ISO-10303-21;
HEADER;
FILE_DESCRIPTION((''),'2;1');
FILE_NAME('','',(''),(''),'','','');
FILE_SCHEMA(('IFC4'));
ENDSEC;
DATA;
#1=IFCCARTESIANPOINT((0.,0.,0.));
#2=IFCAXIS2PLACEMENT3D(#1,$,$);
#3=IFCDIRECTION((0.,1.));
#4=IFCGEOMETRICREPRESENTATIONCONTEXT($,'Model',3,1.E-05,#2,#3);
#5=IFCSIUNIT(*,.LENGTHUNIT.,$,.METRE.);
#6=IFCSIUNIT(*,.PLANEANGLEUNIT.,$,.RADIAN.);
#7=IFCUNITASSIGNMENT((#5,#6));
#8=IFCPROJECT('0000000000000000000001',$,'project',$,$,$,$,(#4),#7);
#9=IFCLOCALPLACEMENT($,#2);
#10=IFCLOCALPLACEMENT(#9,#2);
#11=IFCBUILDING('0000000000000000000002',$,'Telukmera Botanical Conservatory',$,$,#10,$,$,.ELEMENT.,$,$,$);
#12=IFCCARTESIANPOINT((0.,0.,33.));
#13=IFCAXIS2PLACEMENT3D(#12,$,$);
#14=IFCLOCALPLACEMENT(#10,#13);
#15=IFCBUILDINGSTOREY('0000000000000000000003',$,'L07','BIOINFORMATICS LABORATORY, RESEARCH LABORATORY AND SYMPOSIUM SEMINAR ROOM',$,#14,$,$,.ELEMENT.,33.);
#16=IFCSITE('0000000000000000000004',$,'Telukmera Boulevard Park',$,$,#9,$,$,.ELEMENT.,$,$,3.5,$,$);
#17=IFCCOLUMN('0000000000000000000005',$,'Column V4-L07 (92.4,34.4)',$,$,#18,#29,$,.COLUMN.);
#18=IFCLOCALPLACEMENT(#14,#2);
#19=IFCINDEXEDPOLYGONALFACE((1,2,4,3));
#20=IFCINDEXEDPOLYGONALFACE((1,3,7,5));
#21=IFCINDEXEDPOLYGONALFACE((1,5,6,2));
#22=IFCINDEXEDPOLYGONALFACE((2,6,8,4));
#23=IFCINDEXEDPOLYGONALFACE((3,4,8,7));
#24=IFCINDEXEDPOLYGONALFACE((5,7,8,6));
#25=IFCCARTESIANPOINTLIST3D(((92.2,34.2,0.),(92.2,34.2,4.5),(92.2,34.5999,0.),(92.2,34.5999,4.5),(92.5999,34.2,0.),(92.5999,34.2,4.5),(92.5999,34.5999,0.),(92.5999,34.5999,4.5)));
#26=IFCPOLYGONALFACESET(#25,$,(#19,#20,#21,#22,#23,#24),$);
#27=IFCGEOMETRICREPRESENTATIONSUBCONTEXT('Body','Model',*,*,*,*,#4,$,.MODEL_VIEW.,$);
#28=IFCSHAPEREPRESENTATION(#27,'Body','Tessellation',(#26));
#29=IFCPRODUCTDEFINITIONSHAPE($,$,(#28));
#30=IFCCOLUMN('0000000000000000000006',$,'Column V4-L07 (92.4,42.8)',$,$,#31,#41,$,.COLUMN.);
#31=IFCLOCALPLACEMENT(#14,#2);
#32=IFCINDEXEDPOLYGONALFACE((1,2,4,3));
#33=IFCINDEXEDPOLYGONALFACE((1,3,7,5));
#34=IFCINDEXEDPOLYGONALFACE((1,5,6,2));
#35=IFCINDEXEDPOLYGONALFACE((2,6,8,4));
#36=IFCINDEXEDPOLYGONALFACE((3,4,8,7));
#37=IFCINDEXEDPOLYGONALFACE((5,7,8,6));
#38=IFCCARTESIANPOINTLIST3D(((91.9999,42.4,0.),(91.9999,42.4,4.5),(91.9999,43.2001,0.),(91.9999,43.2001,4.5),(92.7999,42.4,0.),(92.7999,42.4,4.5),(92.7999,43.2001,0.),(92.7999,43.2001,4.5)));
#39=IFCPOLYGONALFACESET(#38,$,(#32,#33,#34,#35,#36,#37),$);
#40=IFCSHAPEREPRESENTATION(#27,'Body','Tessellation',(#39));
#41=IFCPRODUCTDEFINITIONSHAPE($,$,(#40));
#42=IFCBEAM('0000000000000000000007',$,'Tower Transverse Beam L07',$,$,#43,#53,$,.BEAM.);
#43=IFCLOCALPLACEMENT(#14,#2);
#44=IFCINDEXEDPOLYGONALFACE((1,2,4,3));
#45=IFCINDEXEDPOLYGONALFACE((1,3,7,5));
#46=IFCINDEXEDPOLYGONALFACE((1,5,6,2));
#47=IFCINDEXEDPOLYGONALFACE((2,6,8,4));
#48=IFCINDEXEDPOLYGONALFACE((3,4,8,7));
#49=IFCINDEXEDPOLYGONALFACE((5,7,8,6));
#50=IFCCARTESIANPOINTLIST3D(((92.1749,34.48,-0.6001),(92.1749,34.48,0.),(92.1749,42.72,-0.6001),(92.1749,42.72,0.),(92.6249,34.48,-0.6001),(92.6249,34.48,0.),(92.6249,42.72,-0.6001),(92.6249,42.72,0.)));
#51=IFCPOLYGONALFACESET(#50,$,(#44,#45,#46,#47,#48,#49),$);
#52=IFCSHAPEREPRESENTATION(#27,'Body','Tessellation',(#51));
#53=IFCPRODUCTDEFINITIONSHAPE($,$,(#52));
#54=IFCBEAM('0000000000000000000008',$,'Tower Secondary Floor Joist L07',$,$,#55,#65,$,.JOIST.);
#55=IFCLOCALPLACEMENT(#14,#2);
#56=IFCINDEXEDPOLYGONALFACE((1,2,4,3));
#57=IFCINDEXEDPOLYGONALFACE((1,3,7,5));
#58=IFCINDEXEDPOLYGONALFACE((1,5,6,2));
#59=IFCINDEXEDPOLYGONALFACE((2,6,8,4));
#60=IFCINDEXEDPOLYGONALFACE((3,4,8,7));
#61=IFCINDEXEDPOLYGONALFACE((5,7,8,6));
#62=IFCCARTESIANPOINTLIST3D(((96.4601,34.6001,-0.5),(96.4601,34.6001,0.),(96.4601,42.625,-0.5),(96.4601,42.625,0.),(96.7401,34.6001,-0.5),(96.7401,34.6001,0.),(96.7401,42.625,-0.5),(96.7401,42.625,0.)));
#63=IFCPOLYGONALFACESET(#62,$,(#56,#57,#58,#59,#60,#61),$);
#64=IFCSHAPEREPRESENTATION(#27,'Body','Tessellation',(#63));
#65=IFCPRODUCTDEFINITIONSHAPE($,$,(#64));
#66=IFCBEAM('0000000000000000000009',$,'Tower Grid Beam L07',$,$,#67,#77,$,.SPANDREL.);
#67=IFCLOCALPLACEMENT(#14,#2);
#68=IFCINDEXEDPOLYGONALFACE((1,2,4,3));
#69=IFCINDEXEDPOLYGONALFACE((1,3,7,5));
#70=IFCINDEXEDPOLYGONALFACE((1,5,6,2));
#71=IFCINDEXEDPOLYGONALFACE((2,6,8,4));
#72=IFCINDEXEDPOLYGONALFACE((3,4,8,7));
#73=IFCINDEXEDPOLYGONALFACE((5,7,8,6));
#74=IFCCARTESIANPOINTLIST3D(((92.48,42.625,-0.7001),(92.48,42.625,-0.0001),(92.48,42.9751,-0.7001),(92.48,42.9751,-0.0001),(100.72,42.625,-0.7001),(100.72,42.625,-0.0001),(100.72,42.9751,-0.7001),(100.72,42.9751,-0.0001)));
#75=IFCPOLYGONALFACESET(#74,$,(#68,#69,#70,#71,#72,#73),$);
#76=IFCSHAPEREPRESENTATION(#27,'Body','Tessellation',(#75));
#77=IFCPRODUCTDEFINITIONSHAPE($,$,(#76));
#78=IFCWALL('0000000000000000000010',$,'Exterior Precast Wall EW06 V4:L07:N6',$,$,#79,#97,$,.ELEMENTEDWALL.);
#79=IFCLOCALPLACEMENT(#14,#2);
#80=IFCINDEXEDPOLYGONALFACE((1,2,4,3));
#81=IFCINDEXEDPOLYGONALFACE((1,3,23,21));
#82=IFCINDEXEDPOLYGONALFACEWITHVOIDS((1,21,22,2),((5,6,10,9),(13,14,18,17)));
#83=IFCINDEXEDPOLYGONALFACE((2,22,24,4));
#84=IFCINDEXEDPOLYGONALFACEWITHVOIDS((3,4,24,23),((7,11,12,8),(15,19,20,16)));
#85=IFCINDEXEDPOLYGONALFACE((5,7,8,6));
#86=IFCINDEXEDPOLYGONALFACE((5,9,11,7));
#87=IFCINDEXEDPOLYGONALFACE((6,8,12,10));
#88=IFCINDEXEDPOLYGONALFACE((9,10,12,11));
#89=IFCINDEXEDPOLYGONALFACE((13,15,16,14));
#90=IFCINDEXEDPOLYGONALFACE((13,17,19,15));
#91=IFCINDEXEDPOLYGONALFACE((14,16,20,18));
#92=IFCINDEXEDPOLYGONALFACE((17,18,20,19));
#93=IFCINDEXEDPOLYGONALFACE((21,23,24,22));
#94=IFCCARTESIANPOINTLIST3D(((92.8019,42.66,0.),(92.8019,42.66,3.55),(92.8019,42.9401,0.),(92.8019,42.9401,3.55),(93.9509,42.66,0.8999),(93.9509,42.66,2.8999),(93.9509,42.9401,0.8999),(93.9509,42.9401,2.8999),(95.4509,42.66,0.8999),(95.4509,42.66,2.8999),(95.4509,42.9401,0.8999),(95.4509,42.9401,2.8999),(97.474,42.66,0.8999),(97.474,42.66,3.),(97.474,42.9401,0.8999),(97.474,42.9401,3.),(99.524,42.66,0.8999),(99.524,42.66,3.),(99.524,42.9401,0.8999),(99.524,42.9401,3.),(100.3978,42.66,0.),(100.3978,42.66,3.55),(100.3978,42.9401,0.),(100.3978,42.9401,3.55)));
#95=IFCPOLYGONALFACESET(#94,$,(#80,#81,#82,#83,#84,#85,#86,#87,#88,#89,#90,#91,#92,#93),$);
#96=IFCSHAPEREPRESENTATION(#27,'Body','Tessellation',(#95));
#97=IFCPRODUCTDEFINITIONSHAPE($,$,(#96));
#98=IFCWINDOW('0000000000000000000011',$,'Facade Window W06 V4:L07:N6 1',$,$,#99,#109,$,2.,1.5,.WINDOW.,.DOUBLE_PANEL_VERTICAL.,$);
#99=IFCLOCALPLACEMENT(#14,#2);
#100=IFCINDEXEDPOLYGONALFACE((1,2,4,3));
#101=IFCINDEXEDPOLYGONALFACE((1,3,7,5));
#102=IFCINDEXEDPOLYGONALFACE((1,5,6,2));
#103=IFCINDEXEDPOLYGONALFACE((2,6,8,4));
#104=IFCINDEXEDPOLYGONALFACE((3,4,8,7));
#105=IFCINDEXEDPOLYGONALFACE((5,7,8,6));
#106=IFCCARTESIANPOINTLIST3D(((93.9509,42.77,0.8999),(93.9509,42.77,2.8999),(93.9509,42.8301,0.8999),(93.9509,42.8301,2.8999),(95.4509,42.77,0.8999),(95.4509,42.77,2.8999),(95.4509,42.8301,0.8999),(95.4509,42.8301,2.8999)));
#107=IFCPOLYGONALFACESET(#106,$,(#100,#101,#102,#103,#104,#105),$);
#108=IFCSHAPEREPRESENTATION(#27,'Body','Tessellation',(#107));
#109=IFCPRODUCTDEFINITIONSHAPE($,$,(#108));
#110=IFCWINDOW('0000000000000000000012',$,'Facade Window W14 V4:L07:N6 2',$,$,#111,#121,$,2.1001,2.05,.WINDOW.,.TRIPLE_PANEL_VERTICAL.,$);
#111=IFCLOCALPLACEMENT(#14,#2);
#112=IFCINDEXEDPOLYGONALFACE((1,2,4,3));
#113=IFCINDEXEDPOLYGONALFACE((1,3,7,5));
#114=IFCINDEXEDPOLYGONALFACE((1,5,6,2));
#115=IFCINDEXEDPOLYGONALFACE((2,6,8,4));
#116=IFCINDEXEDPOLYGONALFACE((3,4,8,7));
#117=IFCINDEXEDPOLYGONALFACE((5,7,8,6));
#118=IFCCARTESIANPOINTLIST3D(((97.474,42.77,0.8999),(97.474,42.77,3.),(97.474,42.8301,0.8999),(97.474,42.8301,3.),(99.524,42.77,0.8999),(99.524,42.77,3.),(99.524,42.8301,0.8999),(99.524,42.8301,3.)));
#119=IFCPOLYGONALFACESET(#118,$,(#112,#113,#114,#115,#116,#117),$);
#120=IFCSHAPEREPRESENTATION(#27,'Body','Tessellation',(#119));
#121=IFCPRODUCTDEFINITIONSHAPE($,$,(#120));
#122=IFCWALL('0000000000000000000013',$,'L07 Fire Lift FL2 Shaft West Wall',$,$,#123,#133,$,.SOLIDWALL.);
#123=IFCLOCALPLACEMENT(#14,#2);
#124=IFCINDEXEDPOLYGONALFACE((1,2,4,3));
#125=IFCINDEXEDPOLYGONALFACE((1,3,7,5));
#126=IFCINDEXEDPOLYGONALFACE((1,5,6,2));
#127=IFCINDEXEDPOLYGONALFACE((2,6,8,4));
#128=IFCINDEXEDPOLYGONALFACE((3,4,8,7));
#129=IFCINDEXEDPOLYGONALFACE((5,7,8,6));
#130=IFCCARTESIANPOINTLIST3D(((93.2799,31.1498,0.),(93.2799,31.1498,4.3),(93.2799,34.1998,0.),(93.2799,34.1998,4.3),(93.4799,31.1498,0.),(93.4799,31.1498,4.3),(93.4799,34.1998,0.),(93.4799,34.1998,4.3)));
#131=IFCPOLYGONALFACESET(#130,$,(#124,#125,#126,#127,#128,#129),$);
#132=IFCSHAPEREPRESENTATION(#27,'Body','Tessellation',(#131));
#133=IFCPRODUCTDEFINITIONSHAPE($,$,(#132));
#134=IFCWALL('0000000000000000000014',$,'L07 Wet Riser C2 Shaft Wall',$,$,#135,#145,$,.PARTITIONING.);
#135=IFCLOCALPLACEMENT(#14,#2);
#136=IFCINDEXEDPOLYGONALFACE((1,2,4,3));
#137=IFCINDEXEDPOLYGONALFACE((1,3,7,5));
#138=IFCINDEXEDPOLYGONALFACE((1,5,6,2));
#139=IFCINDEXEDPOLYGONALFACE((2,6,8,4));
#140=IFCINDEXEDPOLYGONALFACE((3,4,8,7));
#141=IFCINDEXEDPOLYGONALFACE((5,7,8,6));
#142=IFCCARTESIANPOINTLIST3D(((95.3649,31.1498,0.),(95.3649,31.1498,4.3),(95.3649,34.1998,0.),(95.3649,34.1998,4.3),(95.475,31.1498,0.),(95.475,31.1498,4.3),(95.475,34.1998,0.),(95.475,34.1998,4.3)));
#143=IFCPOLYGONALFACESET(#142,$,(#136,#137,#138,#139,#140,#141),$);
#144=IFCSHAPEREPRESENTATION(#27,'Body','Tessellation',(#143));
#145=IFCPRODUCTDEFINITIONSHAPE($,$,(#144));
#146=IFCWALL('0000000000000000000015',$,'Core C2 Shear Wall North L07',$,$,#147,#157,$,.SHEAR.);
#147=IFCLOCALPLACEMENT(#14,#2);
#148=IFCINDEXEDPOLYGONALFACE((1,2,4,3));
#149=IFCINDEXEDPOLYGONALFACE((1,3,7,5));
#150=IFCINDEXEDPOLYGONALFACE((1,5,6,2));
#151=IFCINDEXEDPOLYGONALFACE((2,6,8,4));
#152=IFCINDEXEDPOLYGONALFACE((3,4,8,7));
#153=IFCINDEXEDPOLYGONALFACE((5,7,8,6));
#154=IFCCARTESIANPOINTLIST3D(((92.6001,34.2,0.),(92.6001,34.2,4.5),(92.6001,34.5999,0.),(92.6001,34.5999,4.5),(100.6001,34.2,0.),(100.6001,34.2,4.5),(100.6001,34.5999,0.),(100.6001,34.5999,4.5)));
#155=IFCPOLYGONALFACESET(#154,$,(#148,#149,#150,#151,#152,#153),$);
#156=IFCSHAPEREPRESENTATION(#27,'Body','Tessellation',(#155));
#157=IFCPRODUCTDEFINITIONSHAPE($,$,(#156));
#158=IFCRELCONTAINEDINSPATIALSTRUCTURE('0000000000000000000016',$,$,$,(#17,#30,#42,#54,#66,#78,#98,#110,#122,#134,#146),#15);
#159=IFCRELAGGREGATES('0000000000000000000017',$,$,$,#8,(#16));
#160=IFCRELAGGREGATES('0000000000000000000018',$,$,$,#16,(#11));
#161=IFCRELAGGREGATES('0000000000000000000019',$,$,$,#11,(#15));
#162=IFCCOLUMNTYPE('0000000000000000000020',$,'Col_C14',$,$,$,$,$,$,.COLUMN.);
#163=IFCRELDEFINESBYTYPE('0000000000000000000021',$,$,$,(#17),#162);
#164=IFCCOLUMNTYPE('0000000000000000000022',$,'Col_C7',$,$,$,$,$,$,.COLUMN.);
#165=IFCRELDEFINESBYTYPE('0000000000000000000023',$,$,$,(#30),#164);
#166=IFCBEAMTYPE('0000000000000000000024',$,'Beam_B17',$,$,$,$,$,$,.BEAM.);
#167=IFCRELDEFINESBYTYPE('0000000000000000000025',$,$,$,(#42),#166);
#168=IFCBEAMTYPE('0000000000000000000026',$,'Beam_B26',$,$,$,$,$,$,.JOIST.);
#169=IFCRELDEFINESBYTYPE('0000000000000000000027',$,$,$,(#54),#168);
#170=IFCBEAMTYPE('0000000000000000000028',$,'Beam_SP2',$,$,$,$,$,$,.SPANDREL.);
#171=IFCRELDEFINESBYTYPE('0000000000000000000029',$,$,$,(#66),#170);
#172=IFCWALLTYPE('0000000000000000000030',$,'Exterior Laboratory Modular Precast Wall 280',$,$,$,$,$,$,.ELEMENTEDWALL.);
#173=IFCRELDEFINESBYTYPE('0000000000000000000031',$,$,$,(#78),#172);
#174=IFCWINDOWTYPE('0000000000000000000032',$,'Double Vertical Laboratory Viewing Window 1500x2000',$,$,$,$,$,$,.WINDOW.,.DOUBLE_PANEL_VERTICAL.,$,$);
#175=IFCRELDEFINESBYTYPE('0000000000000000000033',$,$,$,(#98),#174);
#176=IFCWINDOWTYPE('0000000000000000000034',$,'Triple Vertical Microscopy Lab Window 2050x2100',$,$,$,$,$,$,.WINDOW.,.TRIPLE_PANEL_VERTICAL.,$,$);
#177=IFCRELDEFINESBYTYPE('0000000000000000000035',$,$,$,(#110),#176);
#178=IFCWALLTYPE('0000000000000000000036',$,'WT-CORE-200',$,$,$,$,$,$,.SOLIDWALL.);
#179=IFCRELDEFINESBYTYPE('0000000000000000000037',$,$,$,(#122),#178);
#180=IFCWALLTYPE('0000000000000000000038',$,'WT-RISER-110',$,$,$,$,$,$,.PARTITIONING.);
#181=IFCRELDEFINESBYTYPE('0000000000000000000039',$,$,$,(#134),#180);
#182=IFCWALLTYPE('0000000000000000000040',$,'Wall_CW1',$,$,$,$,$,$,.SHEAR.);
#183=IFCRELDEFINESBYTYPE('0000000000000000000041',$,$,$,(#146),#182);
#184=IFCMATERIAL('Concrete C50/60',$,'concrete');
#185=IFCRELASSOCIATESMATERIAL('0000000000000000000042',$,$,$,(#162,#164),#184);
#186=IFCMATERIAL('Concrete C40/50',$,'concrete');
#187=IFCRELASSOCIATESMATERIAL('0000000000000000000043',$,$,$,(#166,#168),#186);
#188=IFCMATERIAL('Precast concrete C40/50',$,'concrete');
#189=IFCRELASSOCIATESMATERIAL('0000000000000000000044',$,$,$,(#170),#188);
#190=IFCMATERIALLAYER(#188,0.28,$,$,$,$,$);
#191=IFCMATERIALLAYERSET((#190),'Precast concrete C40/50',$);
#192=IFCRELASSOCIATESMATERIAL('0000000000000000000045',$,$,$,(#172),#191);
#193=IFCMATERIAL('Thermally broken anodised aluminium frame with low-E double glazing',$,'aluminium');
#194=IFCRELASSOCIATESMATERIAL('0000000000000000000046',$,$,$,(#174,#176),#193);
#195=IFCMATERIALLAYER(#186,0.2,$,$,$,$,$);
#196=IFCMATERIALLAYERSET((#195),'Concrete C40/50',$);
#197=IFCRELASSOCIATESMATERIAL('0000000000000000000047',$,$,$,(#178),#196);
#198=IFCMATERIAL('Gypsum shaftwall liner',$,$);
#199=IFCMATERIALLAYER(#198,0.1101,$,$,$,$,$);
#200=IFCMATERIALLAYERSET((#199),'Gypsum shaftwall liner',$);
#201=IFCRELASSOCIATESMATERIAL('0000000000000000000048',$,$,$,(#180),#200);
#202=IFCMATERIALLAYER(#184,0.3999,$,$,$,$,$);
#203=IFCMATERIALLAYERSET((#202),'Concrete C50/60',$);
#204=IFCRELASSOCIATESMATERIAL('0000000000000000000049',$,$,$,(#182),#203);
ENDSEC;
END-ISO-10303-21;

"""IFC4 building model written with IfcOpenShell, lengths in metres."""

from ifc_helpers import new_model, si_unit, direction, frame, frame_2d, origin, origin_2d, place, context, subcontext, project, spatial, rectangle, extrude, material, layer, layer_set, material_profile, profile_set, type_object, element, fill, save


model = new_model("IFC4")

# Units and contexts
model_context = context("Model", 3, precision=1e-05, world=origin(), true_north=direction((0.0, 1.0)))
body_context = subcontext(model_context, "Body", "Model", "MODEL_VIEW")
ifc_project = project(units=[si_unit("LENGTHUNIT", "METRE"), si_unit("PLANEANGLEUNIT", "RADIAN")], contexts=[model_context])

# Site, building, storey
site_placement = place(None, origin())
site = spatial("IfcSite", under=ifc_project, at=site_placement, Name="Telukmera Boulevard Park", CompositionType="ELEMENT", RefElevation=3.5)
building_placement = place(site_placement, origin())
building = spatial("IfcBuilding", under=site, at=building_placement, Name="Telukmera Botanical Conservatory", CompositionType="ELEMENT")
storey_placement = place(building_placement, frame((0.0, 0.0, 33.0)))
storey = spatial("IfcBuildingStorey", under=building, at=storey_placement, Name="L07", Description="BIOINFORMATICS LABORATORY, RESEARCH LABORATORY AND SYMPOSIUM SEMINAR ROOM", CompositionType="ELEMENT", Elevation=33.0)

# Columns
ifc_material_1 = material(Name="Concrete C50/60", Category="concrete")
ifc_material_profile_1 = material_profile(ifc_material_1, rectangle(XDim=0.3999, YDim=0.3999, at=origin_2d()), Name="RC 400x400")
ifc_profile_set_1 = profile_set([ifc_material_profile_1], Name="Concrete C50/60")
column_type_1 = type_object("IfcColumnType", Name="Col_C14", PredefinedType="COLUMN", material=ifc_profile_set_1)
column_1_placement = place(storey_placement, frame((92.3999, 34.3999, 0.0), z_axis=(0.0, 0.0, 1.0), x_axis=(1.0, 0.0, 0.0)))
element("IfcColumn", 1, at=column_1_placement, inside=storey, type_object=column_type_1, Name="Column V4-L07 (92.4,34.4)", PredefinedType="COLUMN", context=body_context, shape_type="SweptSolid", body=[
    extrude(rectangle(XDim=0.3999, YDim=0.3999, at=origin_2d()), origin(), (0.0, 0.0, 1.0), 4.5),
])
ifc_material_profile_2 = material_profile(ifc_material_1, rectangle(XDim=0.8, YDim=0.8, at=origin_2d()), Name="RC 800x800")
ifc_profile_set_2 = profile_set([ifc_material_profile_2], Name="Concrete C50/60")
column_type_2 = type_object("IfcColumnType", Name="Col_C7", PredefinedType="COLUMN", material=ifc_profile_set_2)
column_2_placement = place(storey_placement, frame((92.3999, 42.8, 0.0), z_axis=(0.0, 0.0, 1.0), x_axis=(1.0, 0.0, 0.0)))
element("IfcColumn", 2, at=column_2_placement, inside=storey, type_object=column_type_2, Name="Column V4-L07 (92.4,42.8)", PredefinedType="COLUMN", context=body_context, shape_type="SweptSolid", body=[
    extrude(rectangle(XDim=0.8, YDim=0.8, at=origin_2d()), origin(), (0.0, 0.0, 1.0), 4.5),
])

# Beams
ifc_material_2 = material(Name="Concrete C40/50", Category="concrete")
ifc_material_profile_3 = material_profile(ifc_material_2, rectangle(XDim=0.45, YDim=0.6001, at=origin_2d()), Name="RC 450x600")
ifc_profile_set_3 = profile_set([ifc_material_profile_3], Name="Concrete C40/50")
beam_type_1 = type_object("IfcBeamType", Name="Beam_B17", PredefinedType="BEAM", material=ifc_profile_set_3)
beam_1_placement = place(storey_placement, frame((92.3999, 34.48, -0.3), z_axis=(0.0, 1.0, 0.0), x_axis=(-1.0, 0.0, 0.0)))
element("IfcBeam", 3, at=beam_1_placement, inside=storey, type_object=beam_type_1, Name="Tower Transverse Beam L07", PredefinedType="BEAM", context=body_context, shape_type="SweptSolid", body=[
    extrude(rectangle(XDim=0.45, YDim=0.6001, at=origin_2d()), origin(), (0.0, 0.0, 1.0), 8.24),
])
ifc_material_profile_4 = material_profile(ifc_material_2, rectangle(XDim=0.28, YDim=0.5, at=origin_2d()), Name="RC 280x500")
ifc_profile_set_4 = profile_set([ifc_material_profile_4], Name="Concrete C40/50")
beam_type_2 = type_object("IfcBeamType", Name="Beam_B26", PredefinedType="JOIST", material=ifc_profile_set_4)
beam_2_placement = place(storey_placement, frame((96.6001, 34.6001, -0.25), z_axis=(0.0, 1.0, 0.0), x_axis=(-1.0, 0.0, 0.0)))
element("IfcBeam", 4, at=beam_2_placement, inside=storey, type_object=beam_type_2, Name="Tower Secondary Floor Joist L07", PredefinedType="JOIST", context=body_context, shape_type="SweptSolid", body=[
    extrude(rectangle(XDim=0.28, YDim=0.5, at=origin_2d()), origin(), (0.0, 0.0, 1.0), 8.0249),
])
ifc_material_3 = material(Name="Precast concrete C40/50", Category="concrete")
ifc_material_profile_5 = material_profile(ifc_material_3, rectangle(XDim=0.3501, YDim=0.7, at=origin_2d()), Name="PC 350x700")
ifc_profile_set_5 = profile_set([ifc_material_profile_5], Name="Precast concrete C40/50")
beam_type_3 = type_object("IfcBeamType", Name="Beam_SP2", PredefinedType="SPANDREL", material=ifc_profile_set_5)
beam_3_placement = place(storey_placement, frame((92.48, 42.8, -0.3501), z_axis=(1.0, 0.0, 0.0), x_axis=(0.0, 1.0, 0.0)))
element("IfcBeam", 5, at=beam_3_placement, inside=storey, type_object=beam_type_3, Name="Tower Grid Beam L07", PredefinedType="SPANDREL", context=body_context, shape_type="SweptSolid", body=[
    extrude(rectangle(XDim=0.3501, YDim=0.7, at=origin_2d()), origin(), (0.0, 0.0, 1.0), 8.24),
])

# Wall, openings, windows
ifc_layer_1 = layer(ifc_material_3, 0.28)
ifc_layer_set_1 = layer_set([ifc_layer_1], Name="Precast concrete C40/50")
wall_type_1 = type_object("IfcWallType", Name="Exterior Laboratory Modular Precast Wall 280", PredefinedType="ELEMENTEDWALL", material=ifc_layer_set_1)
wall_1_placement = place(storey_placement, frame((92.802, 42.8, 0.0), z_axis=(0.0, 0.0, 1.0), x_axis=(1.0, 0.0, 0.0)))
wall_1 = element("IfcWall", 6, at=wall_1_placement, inside=storey, type_object=wall_type_1, Name="Exterior Precast Wall EW06 V4:L07:N6", PredefinedType="ELEMENTEDWALL", context=body_context, shape_type="SweptSolid", body=[
    extrude(rectangle(XDim=7.5959, YDim=0.28, at=frame_2d((3.7979, 0.0))), origin(), (0.0, 0.0, 1.0), 3.55),
])
opening_1_placement = place(wall_1_placement, frame((1.1489, 0.0, 0.8999)))
opening_1 = element("IfcOpeningElement", 7, at=opening_1_placement, cuts=wall_1, PredefinedType="OPENING", context=body_context, shape_type="SweptSolid", body=[
    extrude(rectangle(XDim=1.5, YDim=2.0, at=frame_2d((0.75, 1.0))), frame((0.0, 0.1499, 0.0), z_axis=(0.0, -1.0, 0.0), x_axis=(1.0, 0.0, 0.0)), (0.0, 0.0, 1.0), 0.3),
])
opening_2_placement = place(wall_1_placement, frame((4.6721, 0.0, 0.8999)))
opening_2 = element("IfcOpeningElement", 8, at=opening_2_placement, cuts=wall_1, PredefinedType="OPENING", context=body_context, shape_type="SweptSolid", body=[
    extrude(rectangle(XDim=2.05, YDim=2.1001, at=frame_2d((1.0249, 1.05))), frame((0.0, 0.1499, 0.0), z_axis=(0.0, -1.0, 0.0), x_axis=(1.0, 0.0, 0.0)), (0.0, 0.0, 1.0), 0.3),
])
ifc_material_4 = material(Name="Thermally broken anodised aluminium frame with low-E double glazing", Category="aluminium")
window_type_1 = type_object("IfcWindowType", Name="Double Vertical Laboratory Viewing Window 1500x2000", PartitioningType="DOUBLE_PANEL_VERTICAL", PredefinedType="WINDOW", material=ifc_material_4)
window_1_placement = place(opening_1_placement, origin())
window_1 = element("IfcWindow", 9, at=window_1_placement, inside=storey, type_object=window_type_1, Name="Facade Window W06 V4:L07:N6 1", OverallHeight=2.0, OverallWidth=1.5, PartitioningType="DOUBLE_PANEL_VERTICAL", PredefinedType="WINDOW", context=body_context, shape_type="SweptSolid", body=[
    extrude(rectangle(XDim=1.5, YDim=2.0, at=frame_2d((0.75, 1.0))), frame((0.0, 0.03, 0.0), z_axis=(0.0, -1.0, 0.0), x_axis=(1.0, 0.0, 0.0)), (0.0, 0.0, 1.0), 0.0601),
])
fill(opening_1, window_1)
window_type_2 = type_object("IfcWindowType", Name="Triple Vertical Microscopy Lab Window 2050x2100", PartitioningType="TRIPLE_PANEL_VERTICAL", PredefinedType="WINDOW", material=ifc_material_4)
window_2_placement = place(opening_2_placement, origin())
window_2 = element("IfcWindow", 10, at=window_2_placement, inside=storey, type_object=window_type_2, Name="Facade Window W14 V4:L07:N6 2", OverallHeight=2.1001, OverallWidth=2.05, PartitioningType="TRIPLE_PANEL_VERTICAL", PredefinedType="WINDOW", context=body_context, shape_type="SweptSolid", body=[
    extrude(rectangle(XDim=2.05, YDim=2.1001, at=frame_2d((1.0249, 1.05))), frame((0.0, 0.03, 0.0), z_axis=(0.0, -1.0, 0.0), x_axis=(1.0, 0.0, 0.0)), (0.0, 0.0, 1.0), 0.0601),
])
fill(opening_2, window_2)

# Shared definitions
ifc_layer_2 = layer(ifc_material_2, 0.2)
ifc_layer_set_2 = layer_set([ifc_layer_2], Name="Concrete C40/50")
wall_type_2 = type_object("IfcWallType", Name="WT-CORE-200", PredefinedType="SOLIDWALL", material=ifc_layer_set_2)

# Walls
wall_2_placement = place(storey_placement, frame((93.3799, 31.1499, 0.0), z_axis=(0.0, 0.0, 1.0), x_axis=(0.0, 1.0, 0.0)))
element("IfcWall", 11, at=wall_2_placement, inside=storey, type_object=wall_type_2, Name="L07 Fire Lift FL2 Shaft West Wall", PredefinedType="SOLIDWALL", context=body_context, shape_type="SweptSolid", body=[
    extrude(rectangle(XDim=3.05, YDim=0.2, at=frame_2d((1.5249, 0.0))), origin(), (0.0, 0.0, 1.0), 4.3),
])
ifc_material_5 = material(Name="Gypsum shaftwall liner")
ifc_layer_3 = layer(ifc_material_5, 0.1101)
ifc_layer_set_3 = layer_set([ifc_layer_3], Name="Gypsum shaftwall liner")
wall_type_3 = type_object("IfcWallType", Name="WT-RISER-110", PredefinedType="PARTITIONING", material=ifc_layer_set_3)
wall_3_placement = place(storey_placement, frame((95.4199, 31.1499, 0.0), z_axis=(0.0, 0.0, 1.0), x_axis=(0.0, 1.0, 0.0)))
element("IfcWall", 12, at=wall_3_placement, inside=storey, type_object=wall_type_3, Name="L07 Wet Riser C2 Shaft Wall", PredefinedType="PARTITIONING", context=body_context, shape_type="SweptSolid", body=[
    extrude(rectangle(XDim=3.05, YDim=0.1101, at=frame_2d((1.5249, 0.0))), origin(), (0.0, 0.0, 1.0), 4.3),
])
ifc_layer_4 = layer(ifc_material_1, 0.3999)
ifc_layer_set_4 = layer_set([ifc_layer_4], Name="Concrete C50/60")
wall_type_4 = type_object("IfcWallType", Name="Wall_CW1", PredefinedType="SHEAR", material=ifc_layer_set_4)
wall_4_placement = place(storey_placement, frame((92.6001, 34.3999, 0.0), z_axis=(0.0, 0.0, 1.0), x_axis=(1.0, 0.0, 0.0)))
element("IfcWall", 13, at=wall_4_placement, inside=storey, type_object=wall_type_4, Name="Core C2 Shear Wall North L07", PredefinedType="SHEAR", context=body_context, shape_type="SweptSolid", body=[
    extrude(rectangle(XDim=8.0, YDim=0.3999, at=frame_2d((4.0, 0.0))), origin(), (0.0, 0.0, 1.0), 4.5),
])

save(model, "model.ifc")
